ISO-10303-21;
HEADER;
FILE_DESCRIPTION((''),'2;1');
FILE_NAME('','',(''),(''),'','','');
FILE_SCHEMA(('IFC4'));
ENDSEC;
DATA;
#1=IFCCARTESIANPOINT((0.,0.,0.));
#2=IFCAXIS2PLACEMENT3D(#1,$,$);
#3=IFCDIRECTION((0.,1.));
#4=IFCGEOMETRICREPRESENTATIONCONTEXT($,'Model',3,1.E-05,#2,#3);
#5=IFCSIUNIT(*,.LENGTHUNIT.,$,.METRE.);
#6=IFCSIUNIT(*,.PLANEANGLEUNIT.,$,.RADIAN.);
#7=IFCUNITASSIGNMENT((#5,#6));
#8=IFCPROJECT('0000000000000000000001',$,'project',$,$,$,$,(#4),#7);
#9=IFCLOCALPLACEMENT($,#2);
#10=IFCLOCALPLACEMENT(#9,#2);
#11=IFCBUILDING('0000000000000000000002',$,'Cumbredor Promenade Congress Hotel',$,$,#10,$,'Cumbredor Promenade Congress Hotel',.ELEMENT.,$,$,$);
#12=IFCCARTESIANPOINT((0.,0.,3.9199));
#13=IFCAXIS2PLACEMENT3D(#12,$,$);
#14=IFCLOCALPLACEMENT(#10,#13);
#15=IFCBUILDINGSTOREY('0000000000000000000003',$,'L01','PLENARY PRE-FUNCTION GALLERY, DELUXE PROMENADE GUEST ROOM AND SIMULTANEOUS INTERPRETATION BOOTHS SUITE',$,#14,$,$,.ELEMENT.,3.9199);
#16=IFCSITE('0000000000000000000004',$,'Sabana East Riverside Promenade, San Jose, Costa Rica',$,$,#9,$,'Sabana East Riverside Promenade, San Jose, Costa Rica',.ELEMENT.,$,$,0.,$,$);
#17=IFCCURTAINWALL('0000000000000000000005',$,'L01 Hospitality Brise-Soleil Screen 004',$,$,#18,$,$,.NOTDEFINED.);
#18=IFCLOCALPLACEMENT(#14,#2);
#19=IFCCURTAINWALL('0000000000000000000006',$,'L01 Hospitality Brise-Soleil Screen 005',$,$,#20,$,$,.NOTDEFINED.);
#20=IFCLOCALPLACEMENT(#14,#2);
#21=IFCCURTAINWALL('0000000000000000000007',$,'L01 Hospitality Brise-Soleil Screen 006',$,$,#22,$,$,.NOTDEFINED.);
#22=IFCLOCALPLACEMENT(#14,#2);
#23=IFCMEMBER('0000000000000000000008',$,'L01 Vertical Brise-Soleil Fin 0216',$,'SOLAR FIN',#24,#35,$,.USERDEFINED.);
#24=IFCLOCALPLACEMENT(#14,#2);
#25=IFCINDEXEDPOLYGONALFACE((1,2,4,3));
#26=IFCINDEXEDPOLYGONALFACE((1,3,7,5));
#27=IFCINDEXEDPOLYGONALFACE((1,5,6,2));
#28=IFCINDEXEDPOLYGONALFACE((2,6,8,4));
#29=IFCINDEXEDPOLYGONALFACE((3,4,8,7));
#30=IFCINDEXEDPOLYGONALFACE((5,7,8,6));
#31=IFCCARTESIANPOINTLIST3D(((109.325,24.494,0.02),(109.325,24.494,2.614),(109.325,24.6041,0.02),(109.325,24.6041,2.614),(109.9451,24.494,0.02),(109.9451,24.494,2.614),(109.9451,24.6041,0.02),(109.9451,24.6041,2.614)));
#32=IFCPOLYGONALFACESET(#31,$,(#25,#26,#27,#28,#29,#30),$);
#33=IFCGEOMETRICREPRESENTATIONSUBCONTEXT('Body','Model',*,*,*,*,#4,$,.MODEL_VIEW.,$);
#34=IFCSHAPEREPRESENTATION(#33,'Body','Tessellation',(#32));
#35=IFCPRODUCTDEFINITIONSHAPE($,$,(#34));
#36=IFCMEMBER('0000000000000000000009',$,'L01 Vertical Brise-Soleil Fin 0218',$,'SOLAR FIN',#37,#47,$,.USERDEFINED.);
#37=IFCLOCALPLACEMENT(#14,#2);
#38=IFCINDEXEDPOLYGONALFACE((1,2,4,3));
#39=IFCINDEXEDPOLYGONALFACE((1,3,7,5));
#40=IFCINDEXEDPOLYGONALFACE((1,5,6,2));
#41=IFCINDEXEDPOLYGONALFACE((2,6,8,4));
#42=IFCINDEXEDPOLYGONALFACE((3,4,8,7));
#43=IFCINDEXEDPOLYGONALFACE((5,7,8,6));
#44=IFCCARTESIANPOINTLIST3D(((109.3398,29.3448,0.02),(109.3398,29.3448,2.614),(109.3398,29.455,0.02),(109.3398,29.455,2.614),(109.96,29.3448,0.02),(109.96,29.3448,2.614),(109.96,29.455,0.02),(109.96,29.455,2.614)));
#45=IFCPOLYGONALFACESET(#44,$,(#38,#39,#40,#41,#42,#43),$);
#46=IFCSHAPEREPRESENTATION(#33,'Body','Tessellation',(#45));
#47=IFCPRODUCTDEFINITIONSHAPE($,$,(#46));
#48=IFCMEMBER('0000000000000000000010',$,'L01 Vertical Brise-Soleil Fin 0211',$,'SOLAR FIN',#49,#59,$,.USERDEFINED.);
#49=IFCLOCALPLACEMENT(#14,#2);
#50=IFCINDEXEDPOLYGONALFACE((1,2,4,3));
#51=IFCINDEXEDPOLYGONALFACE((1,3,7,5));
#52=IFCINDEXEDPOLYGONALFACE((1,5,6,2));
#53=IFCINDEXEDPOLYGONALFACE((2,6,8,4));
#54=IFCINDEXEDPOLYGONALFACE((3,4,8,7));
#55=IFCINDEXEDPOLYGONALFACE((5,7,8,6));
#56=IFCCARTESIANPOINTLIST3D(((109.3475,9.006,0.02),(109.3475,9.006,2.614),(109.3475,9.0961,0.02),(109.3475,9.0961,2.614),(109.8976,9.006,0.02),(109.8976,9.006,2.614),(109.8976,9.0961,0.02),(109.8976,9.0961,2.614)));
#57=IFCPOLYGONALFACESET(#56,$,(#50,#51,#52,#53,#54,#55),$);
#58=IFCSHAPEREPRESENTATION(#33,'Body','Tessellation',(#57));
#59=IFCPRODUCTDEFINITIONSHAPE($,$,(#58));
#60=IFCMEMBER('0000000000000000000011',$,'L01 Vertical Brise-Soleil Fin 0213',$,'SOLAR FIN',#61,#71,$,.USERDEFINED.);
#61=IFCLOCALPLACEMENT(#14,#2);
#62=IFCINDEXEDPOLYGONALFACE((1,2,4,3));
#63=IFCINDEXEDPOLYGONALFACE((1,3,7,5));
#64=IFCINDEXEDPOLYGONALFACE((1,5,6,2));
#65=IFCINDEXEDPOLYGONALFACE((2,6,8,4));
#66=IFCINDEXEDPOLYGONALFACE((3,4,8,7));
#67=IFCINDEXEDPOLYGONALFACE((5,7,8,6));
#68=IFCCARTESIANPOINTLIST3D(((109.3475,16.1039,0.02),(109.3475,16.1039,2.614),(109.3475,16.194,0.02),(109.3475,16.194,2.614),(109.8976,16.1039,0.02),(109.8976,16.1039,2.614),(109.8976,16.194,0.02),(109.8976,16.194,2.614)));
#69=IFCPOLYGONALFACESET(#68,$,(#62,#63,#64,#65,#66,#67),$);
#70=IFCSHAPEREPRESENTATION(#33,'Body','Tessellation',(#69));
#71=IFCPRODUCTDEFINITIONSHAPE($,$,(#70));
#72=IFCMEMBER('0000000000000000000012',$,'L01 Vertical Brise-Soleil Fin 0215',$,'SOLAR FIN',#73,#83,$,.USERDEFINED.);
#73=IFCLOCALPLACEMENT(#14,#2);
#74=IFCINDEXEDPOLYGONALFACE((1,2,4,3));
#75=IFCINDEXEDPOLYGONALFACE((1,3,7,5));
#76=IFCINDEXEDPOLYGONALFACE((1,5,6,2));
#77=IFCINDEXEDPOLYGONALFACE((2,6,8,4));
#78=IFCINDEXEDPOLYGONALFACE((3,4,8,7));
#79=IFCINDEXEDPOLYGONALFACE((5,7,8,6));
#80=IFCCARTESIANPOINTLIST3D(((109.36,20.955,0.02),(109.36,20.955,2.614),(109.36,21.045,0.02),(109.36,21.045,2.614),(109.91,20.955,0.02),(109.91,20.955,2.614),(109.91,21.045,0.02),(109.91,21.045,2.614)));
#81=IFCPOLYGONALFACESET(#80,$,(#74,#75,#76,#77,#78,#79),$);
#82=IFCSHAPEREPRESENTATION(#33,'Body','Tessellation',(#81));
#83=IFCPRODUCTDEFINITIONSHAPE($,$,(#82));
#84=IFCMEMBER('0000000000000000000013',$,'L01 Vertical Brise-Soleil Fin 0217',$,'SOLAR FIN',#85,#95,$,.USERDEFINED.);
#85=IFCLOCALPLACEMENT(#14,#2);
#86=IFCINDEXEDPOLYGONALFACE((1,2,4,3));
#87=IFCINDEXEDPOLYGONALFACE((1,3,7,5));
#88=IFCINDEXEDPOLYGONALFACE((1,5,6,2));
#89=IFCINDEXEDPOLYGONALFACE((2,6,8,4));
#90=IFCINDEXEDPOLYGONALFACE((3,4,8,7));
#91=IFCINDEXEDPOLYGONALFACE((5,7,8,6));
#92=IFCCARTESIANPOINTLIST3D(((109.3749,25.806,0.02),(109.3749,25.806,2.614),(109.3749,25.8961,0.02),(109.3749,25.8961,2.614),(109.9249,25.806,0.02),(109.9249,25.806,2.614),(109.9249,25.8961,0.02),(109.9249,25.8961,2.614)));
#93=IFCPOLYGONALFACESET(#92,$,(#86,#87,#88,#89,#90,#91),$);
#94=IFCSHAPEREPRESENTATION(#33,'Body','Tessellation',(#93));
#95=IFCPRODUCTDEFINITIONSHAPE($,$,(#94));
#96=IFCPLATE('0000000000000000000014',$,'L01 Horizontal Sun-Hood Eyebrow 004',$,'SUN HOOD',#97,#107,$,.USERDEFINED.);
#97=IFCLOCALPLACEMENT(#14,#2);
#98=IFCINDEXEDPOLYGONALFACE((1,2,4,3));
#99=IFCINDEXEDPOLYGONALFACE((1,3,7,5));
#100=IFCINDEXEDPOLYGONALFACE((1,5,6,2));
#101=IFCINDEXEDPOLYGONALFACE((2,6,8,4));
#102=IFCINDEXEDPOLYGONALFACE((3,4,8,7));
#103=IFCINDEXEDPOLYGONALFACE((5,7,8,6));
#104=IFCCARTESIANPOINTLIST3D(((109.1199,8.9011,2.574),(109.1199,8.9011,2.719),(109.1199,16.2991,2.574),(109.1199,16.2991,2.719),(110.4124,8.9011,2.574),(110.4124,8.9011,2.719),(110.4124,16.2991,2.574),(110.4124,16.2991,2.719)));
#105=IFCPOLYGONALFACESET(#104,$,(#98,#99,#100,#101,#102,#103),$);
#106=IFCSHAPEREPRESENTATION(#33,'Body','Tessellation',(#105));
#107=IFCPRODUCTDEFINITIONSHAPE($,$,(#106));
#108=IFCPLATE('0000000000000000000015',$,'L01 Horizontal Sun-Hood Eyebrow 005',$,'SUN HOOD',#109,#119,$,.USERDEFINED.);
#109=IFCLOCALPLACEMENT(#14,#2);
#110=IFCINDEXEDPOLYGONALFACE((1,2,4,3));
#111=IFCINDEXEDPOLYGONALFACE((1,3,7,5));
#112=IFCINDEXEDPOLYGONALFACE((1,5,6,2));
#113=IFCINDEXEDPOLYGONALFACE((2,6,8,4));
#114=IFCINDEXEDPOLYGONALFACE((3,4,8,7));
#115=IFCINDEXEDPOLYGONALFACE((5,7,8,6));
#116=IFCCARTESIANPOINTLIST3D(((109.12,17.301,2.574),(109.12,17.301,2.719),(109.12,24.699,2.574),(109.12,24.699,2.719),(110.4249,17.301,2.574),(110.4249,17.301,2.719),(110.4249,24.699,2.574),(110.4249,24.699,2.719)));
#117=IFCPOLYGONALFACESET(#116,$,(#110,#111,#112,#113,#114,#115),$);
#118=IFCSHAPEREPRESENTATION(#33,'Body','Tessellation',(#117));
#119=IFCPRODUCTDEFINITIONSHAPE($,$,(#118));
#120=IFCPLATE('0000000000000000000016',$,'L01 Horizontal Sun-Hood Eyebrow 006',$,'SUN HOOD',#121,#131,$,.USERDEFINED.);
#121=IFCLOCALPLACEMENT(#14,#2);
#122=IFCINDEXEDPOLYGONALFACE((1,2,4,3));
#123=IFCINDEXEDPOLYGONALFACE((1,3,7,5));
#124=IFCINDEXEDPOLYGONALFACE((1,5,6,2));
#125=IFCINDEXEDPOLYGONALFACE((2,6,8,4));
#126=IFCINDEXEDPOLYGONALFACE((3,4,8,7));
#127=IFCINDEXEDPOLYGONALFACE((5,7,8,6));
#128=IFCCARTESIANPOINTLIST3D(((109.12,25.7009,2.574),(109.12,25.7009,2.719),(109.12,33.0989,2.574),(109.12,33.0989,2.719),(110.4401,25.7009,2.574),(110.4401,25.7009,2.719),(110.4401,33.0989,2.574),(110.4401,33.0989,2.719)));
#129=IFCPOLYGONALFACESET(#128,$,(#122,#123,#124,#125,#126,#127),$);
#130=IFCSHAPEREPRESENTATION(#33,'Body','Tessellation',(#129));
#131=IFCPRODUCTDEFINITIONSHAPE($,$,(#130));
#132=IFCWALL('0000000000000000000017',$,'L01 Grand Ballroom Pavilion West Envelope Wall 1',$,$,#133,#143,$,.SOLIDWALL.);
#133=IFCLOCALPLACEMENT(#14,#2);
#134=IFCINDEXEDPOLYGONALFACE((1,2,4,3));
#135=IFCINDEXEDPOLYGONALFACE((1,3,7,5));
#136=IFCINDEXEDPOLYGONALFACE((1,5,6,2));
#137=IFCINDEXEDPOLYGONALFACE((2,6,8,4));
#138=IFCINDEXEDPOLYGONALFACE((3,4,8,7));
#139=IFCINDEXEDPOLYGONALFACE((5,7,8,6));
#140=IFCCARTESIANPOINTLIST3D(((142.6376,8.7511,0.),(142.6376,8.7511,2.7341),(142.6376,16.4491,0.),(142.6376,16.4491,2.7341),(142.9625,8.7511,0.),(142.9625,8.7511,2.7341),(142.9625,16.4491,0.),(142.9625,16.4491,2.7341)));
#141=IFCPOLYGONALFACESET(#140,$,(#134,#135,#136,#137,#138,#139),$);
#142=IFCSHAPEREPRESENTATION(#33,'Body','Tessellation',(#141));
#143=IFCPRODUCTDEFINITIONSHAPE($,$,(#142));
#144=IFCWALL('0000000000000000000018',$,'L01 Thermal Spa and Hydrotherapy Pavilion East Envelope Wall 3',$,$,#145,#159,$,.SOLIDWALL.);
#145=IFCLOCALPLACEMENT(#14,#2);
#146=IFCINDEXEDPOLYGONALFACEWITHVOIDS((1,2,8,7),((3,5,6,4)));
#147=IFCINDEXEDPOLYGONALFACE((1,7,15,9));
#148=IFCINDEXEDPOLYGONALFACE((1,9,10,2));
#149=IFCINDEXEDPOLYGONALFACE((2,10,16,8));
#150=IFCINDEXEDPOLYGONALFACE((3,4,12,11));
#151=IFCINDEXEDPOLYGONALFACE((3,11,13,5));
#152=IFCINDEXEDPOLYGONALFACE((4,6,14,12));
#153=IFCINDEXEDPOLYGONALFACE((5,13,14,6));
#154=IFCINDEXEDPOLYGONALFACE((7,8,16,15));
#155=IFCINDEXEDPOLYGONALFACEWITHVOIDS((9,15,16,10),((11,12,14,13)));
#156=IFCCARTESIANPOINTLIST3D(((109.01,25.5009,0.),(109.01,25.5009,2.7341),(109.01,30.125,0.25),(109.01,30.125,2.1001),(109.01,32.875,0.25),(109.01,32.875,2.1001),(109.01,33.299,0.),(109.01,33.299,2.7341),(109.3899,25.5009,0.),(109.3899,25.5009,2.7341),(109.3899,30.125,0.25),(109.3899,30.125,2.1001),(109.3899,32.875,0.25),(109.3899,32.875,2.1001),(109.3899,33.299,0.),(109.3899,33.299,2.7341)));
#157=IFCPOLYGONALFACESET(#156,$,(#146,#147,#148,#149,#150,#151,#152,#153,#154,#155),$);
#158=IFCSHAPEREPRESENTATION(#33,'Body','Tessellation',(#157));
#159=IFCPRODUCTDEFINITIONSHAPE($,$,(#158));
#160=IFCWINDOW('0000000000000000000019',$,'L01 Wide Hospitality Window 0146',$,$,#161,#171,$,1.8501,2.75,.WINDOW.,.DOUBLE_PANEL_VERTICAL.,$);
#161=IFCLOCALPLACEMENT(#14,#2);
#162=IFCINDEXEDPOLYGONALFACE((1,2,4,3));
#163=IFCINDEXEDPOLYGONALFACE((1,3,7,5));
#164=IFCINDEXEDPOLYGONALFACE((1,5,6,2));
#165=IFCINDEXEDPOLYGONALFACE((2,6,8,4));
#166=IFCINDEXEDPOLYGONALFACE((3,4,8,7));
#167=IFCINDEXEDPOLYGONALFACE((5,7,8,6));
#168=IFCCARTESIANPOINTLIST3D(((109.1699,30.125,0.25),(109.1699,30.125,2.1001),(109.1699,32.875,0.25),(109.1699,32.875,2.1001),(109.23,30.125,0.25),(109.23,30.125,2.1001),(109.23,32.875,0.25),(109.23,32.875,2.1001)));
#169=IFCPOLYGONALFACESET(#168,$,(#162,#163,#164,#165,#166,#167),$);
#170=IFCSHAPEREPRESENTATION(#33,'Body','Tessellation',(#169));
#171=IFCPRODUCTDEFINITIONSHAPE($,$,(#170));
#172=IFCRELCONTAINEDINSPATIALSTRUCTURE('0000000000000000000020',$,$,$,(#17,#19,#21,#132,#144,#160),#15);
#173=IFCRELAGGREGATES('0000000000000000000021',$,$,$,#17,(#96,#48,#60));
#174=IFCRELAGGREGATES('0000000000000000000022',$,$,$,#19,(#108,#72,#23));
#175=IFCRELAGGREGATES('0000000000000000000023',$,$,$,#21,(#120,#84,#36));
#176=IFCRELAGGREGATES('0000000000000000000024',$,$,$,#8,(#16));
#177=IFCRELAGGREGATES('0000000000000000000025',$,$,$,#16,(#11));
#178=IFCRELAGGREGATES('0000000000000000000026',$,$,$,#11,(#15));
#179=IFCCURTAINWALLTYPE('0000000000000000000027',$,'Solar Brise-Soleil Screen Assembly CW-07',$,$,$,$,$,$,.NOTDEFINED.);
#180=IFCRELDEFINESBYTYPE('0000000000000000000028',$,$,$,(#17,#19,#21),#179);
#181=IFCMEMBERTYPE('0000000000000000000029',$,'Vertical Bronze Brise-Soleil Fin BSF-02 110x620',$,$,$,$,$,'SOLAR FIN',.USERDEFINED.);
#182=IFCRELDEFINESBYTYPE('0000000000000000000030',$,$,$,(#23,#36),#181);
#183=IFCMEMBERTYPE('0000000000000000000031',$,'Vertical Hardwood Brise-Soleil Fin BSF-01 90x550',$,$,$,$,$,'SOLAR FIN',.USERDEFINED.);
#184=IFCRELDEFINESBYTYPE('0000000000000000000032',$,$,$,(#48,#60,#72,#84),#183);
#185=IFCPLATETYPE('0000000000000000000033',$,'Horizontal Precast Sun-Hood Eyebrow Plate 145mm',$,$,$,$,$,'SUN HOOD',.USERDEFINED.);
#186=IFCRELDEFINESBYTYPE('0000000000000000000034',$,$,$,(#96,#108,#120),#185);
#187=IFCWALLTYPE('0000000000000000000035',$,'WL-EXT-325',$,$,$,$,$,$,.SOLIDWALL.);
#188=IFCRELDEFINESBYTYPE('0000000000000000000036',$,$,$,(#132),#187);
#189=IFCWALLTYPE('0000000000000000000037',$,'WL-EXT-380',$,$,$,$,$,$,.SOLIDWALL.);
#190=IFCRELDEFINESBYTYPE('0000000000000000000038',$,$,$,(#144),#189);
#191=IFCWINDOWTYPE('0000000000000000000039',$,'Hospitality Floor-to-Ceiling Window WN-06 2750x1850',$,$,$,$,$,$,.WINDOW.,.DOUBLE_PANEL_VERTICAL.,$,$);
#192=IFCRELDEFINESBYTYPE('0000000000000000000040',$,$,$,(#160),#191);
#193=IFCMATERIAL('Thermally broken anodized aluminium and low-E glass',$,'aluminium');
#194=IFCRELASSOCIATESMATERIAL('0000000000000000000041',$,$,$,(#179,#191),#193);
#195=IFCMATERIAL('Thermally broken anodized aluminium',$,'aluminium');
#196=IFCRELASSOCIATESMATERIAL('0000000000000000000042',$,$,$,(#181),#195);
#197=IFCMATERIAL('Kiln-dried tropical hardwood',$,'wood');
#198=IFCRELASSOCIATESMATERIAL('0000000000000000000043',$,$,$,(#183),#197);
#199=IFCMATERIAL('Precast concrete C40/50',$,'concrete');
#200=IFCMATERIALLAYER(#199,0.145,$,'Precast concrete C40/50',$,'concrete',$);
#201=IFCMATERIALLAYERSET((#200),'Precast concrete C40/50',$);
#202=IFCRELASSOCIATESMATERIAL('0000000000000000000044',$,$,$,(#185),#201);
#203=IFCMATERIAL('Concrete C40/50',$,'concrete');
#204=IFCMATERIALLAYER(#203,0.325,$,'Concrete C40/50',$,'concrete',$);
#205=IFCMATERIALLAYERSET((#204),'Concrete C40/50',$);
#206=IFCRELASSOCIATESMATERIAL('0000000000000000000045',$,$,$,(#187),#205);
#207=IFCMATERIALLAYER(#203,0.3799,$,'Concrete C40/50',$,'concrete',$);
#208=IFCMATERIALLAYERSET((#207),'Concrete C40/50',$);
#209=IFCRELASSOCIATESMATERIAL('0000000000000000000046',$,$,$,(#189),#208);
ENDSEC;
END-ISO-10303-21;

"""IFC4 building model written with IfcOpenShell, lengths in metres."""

from ifc_helpers import new_model, si_unit, direction, frame, frame_2d, origin, origin_2d, place, context, subcontext, project, spatial, rectangle, extrude, material, layer, layer_set, material_profile, profile_set, type_object, element, fill, aggregate, save


model = new_model("IFC4")

# Units and contexts
model_context = context("Model", 3, precision=1e-05, world=origin(), true_north=direction((0.0, 1.0)))
body_context = subcontext(model_context, "Body", "Model", "MODEL_VIEW")
ifc_project = project(units=[si_unit("LENGTHUNIT", "METRE"), si_unit("PLANEANGLEUNIT", "RADIAN")], contexts=[model_context])

# Site, building, storey
site_placement = place(None, origin())
site = spatial("IfcSite", under=ifc_project, at=site_placement, Name="Sabana East Riverside Promenade, San Jose, Costa Rica", LongName="Sabana East Riverside Promenade, San Jose, Costa Rica", CompositionType="ELEMENT", RefElevation=0.0)
building_placement = place(site_placement, origin())
building = spatial("IfcBuilding", under=site, at=building_placement, Name="Cumbredor Promenade Congress Hotel", LongName="Cumbredor Promenade Congress Hotel", CompositionType="ELEMENT")
storey_placement = place(building_placement, frame((0.0, 0.0, 3.9199)))
storey = spatial("IfcBuildingStorey", under=building, at=storey_placement, Name="L01", Description="PLENARY PRE-FUNCTION GALLERY, DELUXE PROMENADE GUEST ROOM AND SIMULTANEOUS INTERPRETATION BOOTHS SUITE", CompositionType="ELEMENT", Elevation=3.9199)

# Shared definitions
ifc_material_1 = material(Name="Concrete C40/50", Category="concrete")

# Curtain walls
ifc_material_2 = material(Name="Thermally broken anodized aluminium and low-E glass", Category="aluminium")
curtain_wall_type = type_object("IfcCurtainWallType", Name="Solar Brise-Soleil Screen Assembly CW-07", PredefinedType="NOTDEFINED", material=ifc_material_2)
ifc_material_3 = material(Name="Thermally broken anodized aluminium", Category="aluminium")
curtain_wall_1_placement = place(storey_placement, origin())
curtain_wall_1 = element("IfcCurtainWall", 1, at=curtain_wall_1_placement, inside=storey, type_object=curtain_wall_type, Name="L01 Hospitality Brise-Soleil Screen 004", PredefinedType="NOTDEFINED")
curtain_wall_2_placement = place(storey_placement, origin())
curtain_wall_2 = element("IfcCurtainWall", 2, at=curtain_wall_2_placement, inside=storey, type_object=curtain_wall_type, Name="L01 Hospitality Brise-Soleil Screen 005", PredefinedType="NOTDEFINED")
curtain_wall_3_placement = place(storey_placement, origin())
curtain_wall_3 = element("IfcCurtainWall", 3, at=curtain_wall_3_placement, inside=storey, type_object=curtain_wall_type, Name="L01 Hospitality Brise-Soleil Screen 006", PredefinedType="NOTDEFINED")

# Members
ifc_material_profile_1 = material_profile(ifc_material_3, rectangle(XDim=0.1101, YDim=0.6201, at=origin_2d()), Name="ARCH FIN 110x620")
ifc_profile_set_1 = profile_set([ifc_material_profile_1], Name="Thermally broken anodized aluminium")
member_type_1 = type_object("IfcMemberType", Name="Vertical Bronze Brise-Soleil Fin BSF-02 110x620", ElementType="SOLAR FIN", PredefinedType="USERDEFINED", material=ifc_profile_set_1)
member_1_placement = place(storey_placement, frame((109.635, 24.5491, 0.02), z_axis=(0.0, 0.0, 1.0), x_axis=(0.0, 1.0, 0.0)))
member_1 = element("IfcMember", 4, at=member_1_placement, type_object=member_type_1, Name="L01 Vertical Brise-Soleil Fin 0216", ObjectType="SOLAR FIN", PredefinedType="USERDEFINED", context=body_context, shape_type="SweptSolid", body=[
    extrude(rectangle(XDim=0.1101, YDim=0.6201, at=origin_2d()), origin(), (0.0, 0.0, 1.0), 2.594),
])
member_2_placement = place(storey_placement, frame((109.6499, 29.3999, 0.02), z_axis=(0.0, 0.0, 1.0), x_axis=(0.0, 1.0, 0.0)))
member_2 = element("IfcMember", 5, at=member_2_placement, type_object=member_type_1, Name="L01 Vertical Brise-Soleil Fin 0218", ObjectType="SOLAR FIN", PredefinedType="USERDEFINED", context=body_context, shape_type="SweptSolid", body=[
    extrude(rectangle(XDim=0.1101, YDim=0.6201, at=origin_2d()), origin(), (0.0, 0.0, 1.0), 2.594),
])
ifc_material_4 = material(Name="Kiln-dried tropical hardwood", Category="wood")
ifc_material_profile_2 = material_profile(ifc_material_4, rectangle(XDim=0.0901, YDim=0.55, at=origin_2d()), Name="ARCH FIN 90x550")
ifc_profile_set_2 = profile_set([ifc_material_profile_2], Name="Kiln-dried tropical hardwood")
member_type_2 = type_object("IfcMemberType", Name="Vertical Hardwood Brise-Soleil Fin BSF-01 90x550", ElementType="SOLAR FIN", PredefinedType="USERDEFINED", material=ifc_profile_set_2)
member_3_placement = place(storey_placement, frame((109.6226, 9.051, 0.02), z_axis=(0.0, 0.0, 1.0), x_axis=(0.0, 1.0, 0.0)))
member_3 = element("IfcMember", 6, at=member_3_placement, type_object=member_type_2, Name="L01 Vertical Brise-Soleil Fin 0211", ObjectType="SOLAR FIN", PredefinedType="USERDEFINED", context=body_context, shape_type="SweptSolid", body=[
    extrude(rectangle(XDim=0.0901, YDim=0.55, at=origin_2d()), origin(), (0.0, 0.0, 1.0), 2.594),
])
member_4_placement = place(storey_placement, frame((109.6226, 16.1489, 0.02), z_axis=(0.0, 0.0, 1.0), x_axis=(0.0, 1.0, 0.0)))
member_4 = element("IfcMember", 7, at=member_4_placement, type_object=member_type_2, Name="L01 Vertical Brise-Soleil Fin 0213", ObjectType="SOLAR FIN", PredefinedType="USERDEFINED", context=body_context, shape_type="SweptSolid", body=[
    extrude(rectangle(XDim=0.0901, YDim=0.55, at=origin_2d()), origin(), (0.0, 0.0, 1.0), 2.594),
])
member_5_placement = place(storey_placement, frame((109.635, 21.0, 0.02), z_axis=(0.0, 0.0, 1.0), x_axis=(0.0, 1.0, 0.0)))
member_5 = element("IfcMember", 8, at=member_5_placement, type_object=member_type_2, Name="L01 Vertical Brise-Soleil Fin 0215", ObjectType="SOLAR FIN", PredefinedType="USERDEFINED", context=body_context, shape_type="SweptSolid", body=[
    extrude(rectangle(XDim=0.0901, YDim=0.55, at=origin_2d()), origin(), (0.0, 0.0, 1.0), 2.594),
])
member_6_placement = place(storey_placement, frame((109.6499, 25.8511, 0.02), z_axis=(0.0, 0.0, 1.0), x_axis=(0.0, 1.0, 0.0)))
member_6 = element("IfcMember", 9, at=member_6_placement, type_object=member_type_2, Name="L01 Vertical Brise-Soleil Fin 0217", ObjectType="SOLAR FIN", PredefinedType="USERDEFINED", context=body_context, shape_type="SweptSolid", body=[
    extrude(rectangle(XDim=0.0901, YDim=0.55, at=origin_2d()), origin(), (0.0, 0.0, 1.0), 2.594),
])

# Plates
ifc_material_5 = material(Name="Precast concrete C40/50", Category="concrete")
ifc_layer_1 = layer(ifc_material_5, 0.145, Name="Precast concrete C40/50", Category="concrete")
ifc_layer_set_1 = layer_set([ifc_layer_1], Name="Precast concrete C40/50")
plate_type = type_object("IfcPlateType", Name="Horizontal Precast Sun-Hood Eyebrow Plate 145mm", ElementType="SUN HOOD", PredefinedType="USERDEFINED", material=ifc_layer_set_1)
plate_1_placement = place(storey_placement, frame((109.7661, 12.6001, 2.574), z_axis=(0.0, 0.0, 1.0), x_axis=(0.0, 1.0, 0.0)))
plate_1 = element("IfcPlate", 10, at=plate_1_placement, type_object=plate_type, Name="L01 Horizontal Sun-Hood Eyebrow 004", ObjectType="SUN HOOD", PredefinedType="USERDEFINED", context=body_context, shape_type="SweptSolid", body=[
    extrude(rectangle(XDim=7.3979, YDim=1.2925, at=origin_2d()), origin(), (0.0, 0.0, 1.0), 0.145),
])
aggregate(curtain_wall_1, [plate_1, member_3, member_4])
plate_2_placement = place(storey_placement, frame((109.7725, 21.0, 2.574), z_axis=(0.0, 0.0, 1.0), x_axis=(0.0, 1.0, 0.0)))
plate_2 = element("IfcPlate", 11, at=plate_2_placement, type_object=plate_type, Name="L01 Horizontal Sun-Hood Eyebrow 005", ObjectType="SUN HOOD", PredefinedType="USERDEFINED", context=body_context, shape_type="SweptSolid", body=[
    extrude(rectangle(XDim=7.3979, YDim=1.3049, at=origin_2d()), origin(), (0.0, 0.0, 1.0), 0.145),
])
aggregate(curtain_wall_2, [plate_2, member_5, member_1])
plate_3_placement = place(storey_placement, frame((109.78, 29.3999, 2.574), z_axis=(0.0, 0.0, 1.0), x_axis=(0.0, 1.0, 0.0)))
plate_3 = element("IfcPlate", 12, at=plate_3_placement, type_object=plate_type, Name="L01 Horizontal Sun-Hood Eyebrow 006", ObjectType="SUN HOOD", PredefinedType="USERDEFINED", context=body_context, shape_type="SweptSolid", body=[
    extrude(rectangle(XDim=7.3979, YDim=1.3201, at=origin_2d()), origin(), (0.0, 0.0, 1.0), 0.145),
])
aggregate(curtain_wall_3, [plate_3, member_6, member_2])

# Wall
ifc_layer_2 = layer(ifc_material_1, 0.325, Name="Concrete C40/50", Category="concrete")
ifc_layer_set_2 = layer_set([ifc_layer_2], Name="Concrete C40/50")
wall_type_1 = type_object("IfcWallType", Name="WL-EXT-325", PredefinedType="SOLIDWALL", material=ifc_layer_set_2)
wall_1_placement = place(storey_placement, frame((142.8, 8.751, 0.0), z_axis=(0.0, 0.0, 1.0), x_axis=(0.0, 1.0, 0.0)))
element("IfcWall", 13, at=wall_1_placement, inside=storey, type_object=wall_type_1, Name="L01 Grand Ballroom Pavilion West Envelope Wall 1", PredefinedType="SOLIDWALL", context=body_context, shape_type="SweptSolid", body=[
    extrude(rectangle(XDim=7.698, YDim=0.325, at=frame_2d((3.8491, 0.0))), origin(), (0.0, 0.0, 1.0), 2.7341),
])

# Wall, opening, window
ifc_layer_3 = layer(ifc_material_1, 0.3799, Name="Concrete C40/50", Category="concrete")
ifc_layer_set_3 = layer_set([ifc_layer_3], Name="Concrete C40/50")
wall_type_2 = type_object("IfcWallType", Name="WL-EXT-380", PredefinedType="SOLIDWALL", material=ifc_layer_set_3)
wall_2_placement = place(storey_placement, frame((109.2, 25.501, 0.0), z_axis=(0.0, 0.0, 1.0), x_axis=(0.0, 1.0, 0.0)))
wall_2 = element("IfcWall", 14, at=wall_2_placement, inside=storey, type_object=wall_type_2, Name="L01 Thermal Spa and Hydrotherapy Pavilion East Envelope Wall 3", PredefinedType="SOLIDWALL", context=body_context, shape_type="SweptSolid", body=[
    extrude(rectangle(XDim=7.7981, YDim=0.3799, at=frame_2d((3.8989, 0.0))), origin(), (0.0, 0.0, 1.0), 2.7341),
])
opening_placement = place(wall_2_placement, frame((4.624, 0.0, 0.25)))
opening = element("IfcOpeningElement", 15, at=opening_placement, cuts=wall_2, PredefinedType="OPENING", context=body_context, shape_type="SweptSolid", body=[
    extrude(rectangle(XDim=2.75, YDim=1.8501, at=frame_2d((1.375, 0.925))), frame((0.0, 0.2, 0.0), z_axis=(0.0, -1.0, 0.0), x_axis=(1.0, 0.0, 0.0)), (0.0, 0.0, 1.0), 0.3999),
])
window_type = type_object("IfcWindowType", Name="Hospitality Floor-to-Ceiling Window WN-06 2750x1850", PartitioningType="DOUBLE_PANEL_VERTICAL", PredefinedType="WINDOW", material=ifc_material_2)
window_placement = place(opening_placement, origin())
window = element("IfcWindow", 16, at=window_placement, inside=storey, type_object=window_type, Name="L01 Wide Hospitality Window 0146", OverallHeight=1.8501, OverallWidth=2.75, PartitioningType="DOUBLE_PANEL_VERTICAL", PredefinedType="WINDOW", context=body_context, shape_type="SweptSolid", body=[
    extrude(rectangle(XDim=2.75, YDim=1.8501, at=frame_2d((1.375, 0.925))), frame((0.0, 0.03, 0.0), z_axis=(0.0, -1.0, 0.0), x_axis=(1.0, 0.0, 0.0)), (0.0, 0.0, 1.0), 0.0601),
])
fill(opening, window)

save(model, "model.ifc")
